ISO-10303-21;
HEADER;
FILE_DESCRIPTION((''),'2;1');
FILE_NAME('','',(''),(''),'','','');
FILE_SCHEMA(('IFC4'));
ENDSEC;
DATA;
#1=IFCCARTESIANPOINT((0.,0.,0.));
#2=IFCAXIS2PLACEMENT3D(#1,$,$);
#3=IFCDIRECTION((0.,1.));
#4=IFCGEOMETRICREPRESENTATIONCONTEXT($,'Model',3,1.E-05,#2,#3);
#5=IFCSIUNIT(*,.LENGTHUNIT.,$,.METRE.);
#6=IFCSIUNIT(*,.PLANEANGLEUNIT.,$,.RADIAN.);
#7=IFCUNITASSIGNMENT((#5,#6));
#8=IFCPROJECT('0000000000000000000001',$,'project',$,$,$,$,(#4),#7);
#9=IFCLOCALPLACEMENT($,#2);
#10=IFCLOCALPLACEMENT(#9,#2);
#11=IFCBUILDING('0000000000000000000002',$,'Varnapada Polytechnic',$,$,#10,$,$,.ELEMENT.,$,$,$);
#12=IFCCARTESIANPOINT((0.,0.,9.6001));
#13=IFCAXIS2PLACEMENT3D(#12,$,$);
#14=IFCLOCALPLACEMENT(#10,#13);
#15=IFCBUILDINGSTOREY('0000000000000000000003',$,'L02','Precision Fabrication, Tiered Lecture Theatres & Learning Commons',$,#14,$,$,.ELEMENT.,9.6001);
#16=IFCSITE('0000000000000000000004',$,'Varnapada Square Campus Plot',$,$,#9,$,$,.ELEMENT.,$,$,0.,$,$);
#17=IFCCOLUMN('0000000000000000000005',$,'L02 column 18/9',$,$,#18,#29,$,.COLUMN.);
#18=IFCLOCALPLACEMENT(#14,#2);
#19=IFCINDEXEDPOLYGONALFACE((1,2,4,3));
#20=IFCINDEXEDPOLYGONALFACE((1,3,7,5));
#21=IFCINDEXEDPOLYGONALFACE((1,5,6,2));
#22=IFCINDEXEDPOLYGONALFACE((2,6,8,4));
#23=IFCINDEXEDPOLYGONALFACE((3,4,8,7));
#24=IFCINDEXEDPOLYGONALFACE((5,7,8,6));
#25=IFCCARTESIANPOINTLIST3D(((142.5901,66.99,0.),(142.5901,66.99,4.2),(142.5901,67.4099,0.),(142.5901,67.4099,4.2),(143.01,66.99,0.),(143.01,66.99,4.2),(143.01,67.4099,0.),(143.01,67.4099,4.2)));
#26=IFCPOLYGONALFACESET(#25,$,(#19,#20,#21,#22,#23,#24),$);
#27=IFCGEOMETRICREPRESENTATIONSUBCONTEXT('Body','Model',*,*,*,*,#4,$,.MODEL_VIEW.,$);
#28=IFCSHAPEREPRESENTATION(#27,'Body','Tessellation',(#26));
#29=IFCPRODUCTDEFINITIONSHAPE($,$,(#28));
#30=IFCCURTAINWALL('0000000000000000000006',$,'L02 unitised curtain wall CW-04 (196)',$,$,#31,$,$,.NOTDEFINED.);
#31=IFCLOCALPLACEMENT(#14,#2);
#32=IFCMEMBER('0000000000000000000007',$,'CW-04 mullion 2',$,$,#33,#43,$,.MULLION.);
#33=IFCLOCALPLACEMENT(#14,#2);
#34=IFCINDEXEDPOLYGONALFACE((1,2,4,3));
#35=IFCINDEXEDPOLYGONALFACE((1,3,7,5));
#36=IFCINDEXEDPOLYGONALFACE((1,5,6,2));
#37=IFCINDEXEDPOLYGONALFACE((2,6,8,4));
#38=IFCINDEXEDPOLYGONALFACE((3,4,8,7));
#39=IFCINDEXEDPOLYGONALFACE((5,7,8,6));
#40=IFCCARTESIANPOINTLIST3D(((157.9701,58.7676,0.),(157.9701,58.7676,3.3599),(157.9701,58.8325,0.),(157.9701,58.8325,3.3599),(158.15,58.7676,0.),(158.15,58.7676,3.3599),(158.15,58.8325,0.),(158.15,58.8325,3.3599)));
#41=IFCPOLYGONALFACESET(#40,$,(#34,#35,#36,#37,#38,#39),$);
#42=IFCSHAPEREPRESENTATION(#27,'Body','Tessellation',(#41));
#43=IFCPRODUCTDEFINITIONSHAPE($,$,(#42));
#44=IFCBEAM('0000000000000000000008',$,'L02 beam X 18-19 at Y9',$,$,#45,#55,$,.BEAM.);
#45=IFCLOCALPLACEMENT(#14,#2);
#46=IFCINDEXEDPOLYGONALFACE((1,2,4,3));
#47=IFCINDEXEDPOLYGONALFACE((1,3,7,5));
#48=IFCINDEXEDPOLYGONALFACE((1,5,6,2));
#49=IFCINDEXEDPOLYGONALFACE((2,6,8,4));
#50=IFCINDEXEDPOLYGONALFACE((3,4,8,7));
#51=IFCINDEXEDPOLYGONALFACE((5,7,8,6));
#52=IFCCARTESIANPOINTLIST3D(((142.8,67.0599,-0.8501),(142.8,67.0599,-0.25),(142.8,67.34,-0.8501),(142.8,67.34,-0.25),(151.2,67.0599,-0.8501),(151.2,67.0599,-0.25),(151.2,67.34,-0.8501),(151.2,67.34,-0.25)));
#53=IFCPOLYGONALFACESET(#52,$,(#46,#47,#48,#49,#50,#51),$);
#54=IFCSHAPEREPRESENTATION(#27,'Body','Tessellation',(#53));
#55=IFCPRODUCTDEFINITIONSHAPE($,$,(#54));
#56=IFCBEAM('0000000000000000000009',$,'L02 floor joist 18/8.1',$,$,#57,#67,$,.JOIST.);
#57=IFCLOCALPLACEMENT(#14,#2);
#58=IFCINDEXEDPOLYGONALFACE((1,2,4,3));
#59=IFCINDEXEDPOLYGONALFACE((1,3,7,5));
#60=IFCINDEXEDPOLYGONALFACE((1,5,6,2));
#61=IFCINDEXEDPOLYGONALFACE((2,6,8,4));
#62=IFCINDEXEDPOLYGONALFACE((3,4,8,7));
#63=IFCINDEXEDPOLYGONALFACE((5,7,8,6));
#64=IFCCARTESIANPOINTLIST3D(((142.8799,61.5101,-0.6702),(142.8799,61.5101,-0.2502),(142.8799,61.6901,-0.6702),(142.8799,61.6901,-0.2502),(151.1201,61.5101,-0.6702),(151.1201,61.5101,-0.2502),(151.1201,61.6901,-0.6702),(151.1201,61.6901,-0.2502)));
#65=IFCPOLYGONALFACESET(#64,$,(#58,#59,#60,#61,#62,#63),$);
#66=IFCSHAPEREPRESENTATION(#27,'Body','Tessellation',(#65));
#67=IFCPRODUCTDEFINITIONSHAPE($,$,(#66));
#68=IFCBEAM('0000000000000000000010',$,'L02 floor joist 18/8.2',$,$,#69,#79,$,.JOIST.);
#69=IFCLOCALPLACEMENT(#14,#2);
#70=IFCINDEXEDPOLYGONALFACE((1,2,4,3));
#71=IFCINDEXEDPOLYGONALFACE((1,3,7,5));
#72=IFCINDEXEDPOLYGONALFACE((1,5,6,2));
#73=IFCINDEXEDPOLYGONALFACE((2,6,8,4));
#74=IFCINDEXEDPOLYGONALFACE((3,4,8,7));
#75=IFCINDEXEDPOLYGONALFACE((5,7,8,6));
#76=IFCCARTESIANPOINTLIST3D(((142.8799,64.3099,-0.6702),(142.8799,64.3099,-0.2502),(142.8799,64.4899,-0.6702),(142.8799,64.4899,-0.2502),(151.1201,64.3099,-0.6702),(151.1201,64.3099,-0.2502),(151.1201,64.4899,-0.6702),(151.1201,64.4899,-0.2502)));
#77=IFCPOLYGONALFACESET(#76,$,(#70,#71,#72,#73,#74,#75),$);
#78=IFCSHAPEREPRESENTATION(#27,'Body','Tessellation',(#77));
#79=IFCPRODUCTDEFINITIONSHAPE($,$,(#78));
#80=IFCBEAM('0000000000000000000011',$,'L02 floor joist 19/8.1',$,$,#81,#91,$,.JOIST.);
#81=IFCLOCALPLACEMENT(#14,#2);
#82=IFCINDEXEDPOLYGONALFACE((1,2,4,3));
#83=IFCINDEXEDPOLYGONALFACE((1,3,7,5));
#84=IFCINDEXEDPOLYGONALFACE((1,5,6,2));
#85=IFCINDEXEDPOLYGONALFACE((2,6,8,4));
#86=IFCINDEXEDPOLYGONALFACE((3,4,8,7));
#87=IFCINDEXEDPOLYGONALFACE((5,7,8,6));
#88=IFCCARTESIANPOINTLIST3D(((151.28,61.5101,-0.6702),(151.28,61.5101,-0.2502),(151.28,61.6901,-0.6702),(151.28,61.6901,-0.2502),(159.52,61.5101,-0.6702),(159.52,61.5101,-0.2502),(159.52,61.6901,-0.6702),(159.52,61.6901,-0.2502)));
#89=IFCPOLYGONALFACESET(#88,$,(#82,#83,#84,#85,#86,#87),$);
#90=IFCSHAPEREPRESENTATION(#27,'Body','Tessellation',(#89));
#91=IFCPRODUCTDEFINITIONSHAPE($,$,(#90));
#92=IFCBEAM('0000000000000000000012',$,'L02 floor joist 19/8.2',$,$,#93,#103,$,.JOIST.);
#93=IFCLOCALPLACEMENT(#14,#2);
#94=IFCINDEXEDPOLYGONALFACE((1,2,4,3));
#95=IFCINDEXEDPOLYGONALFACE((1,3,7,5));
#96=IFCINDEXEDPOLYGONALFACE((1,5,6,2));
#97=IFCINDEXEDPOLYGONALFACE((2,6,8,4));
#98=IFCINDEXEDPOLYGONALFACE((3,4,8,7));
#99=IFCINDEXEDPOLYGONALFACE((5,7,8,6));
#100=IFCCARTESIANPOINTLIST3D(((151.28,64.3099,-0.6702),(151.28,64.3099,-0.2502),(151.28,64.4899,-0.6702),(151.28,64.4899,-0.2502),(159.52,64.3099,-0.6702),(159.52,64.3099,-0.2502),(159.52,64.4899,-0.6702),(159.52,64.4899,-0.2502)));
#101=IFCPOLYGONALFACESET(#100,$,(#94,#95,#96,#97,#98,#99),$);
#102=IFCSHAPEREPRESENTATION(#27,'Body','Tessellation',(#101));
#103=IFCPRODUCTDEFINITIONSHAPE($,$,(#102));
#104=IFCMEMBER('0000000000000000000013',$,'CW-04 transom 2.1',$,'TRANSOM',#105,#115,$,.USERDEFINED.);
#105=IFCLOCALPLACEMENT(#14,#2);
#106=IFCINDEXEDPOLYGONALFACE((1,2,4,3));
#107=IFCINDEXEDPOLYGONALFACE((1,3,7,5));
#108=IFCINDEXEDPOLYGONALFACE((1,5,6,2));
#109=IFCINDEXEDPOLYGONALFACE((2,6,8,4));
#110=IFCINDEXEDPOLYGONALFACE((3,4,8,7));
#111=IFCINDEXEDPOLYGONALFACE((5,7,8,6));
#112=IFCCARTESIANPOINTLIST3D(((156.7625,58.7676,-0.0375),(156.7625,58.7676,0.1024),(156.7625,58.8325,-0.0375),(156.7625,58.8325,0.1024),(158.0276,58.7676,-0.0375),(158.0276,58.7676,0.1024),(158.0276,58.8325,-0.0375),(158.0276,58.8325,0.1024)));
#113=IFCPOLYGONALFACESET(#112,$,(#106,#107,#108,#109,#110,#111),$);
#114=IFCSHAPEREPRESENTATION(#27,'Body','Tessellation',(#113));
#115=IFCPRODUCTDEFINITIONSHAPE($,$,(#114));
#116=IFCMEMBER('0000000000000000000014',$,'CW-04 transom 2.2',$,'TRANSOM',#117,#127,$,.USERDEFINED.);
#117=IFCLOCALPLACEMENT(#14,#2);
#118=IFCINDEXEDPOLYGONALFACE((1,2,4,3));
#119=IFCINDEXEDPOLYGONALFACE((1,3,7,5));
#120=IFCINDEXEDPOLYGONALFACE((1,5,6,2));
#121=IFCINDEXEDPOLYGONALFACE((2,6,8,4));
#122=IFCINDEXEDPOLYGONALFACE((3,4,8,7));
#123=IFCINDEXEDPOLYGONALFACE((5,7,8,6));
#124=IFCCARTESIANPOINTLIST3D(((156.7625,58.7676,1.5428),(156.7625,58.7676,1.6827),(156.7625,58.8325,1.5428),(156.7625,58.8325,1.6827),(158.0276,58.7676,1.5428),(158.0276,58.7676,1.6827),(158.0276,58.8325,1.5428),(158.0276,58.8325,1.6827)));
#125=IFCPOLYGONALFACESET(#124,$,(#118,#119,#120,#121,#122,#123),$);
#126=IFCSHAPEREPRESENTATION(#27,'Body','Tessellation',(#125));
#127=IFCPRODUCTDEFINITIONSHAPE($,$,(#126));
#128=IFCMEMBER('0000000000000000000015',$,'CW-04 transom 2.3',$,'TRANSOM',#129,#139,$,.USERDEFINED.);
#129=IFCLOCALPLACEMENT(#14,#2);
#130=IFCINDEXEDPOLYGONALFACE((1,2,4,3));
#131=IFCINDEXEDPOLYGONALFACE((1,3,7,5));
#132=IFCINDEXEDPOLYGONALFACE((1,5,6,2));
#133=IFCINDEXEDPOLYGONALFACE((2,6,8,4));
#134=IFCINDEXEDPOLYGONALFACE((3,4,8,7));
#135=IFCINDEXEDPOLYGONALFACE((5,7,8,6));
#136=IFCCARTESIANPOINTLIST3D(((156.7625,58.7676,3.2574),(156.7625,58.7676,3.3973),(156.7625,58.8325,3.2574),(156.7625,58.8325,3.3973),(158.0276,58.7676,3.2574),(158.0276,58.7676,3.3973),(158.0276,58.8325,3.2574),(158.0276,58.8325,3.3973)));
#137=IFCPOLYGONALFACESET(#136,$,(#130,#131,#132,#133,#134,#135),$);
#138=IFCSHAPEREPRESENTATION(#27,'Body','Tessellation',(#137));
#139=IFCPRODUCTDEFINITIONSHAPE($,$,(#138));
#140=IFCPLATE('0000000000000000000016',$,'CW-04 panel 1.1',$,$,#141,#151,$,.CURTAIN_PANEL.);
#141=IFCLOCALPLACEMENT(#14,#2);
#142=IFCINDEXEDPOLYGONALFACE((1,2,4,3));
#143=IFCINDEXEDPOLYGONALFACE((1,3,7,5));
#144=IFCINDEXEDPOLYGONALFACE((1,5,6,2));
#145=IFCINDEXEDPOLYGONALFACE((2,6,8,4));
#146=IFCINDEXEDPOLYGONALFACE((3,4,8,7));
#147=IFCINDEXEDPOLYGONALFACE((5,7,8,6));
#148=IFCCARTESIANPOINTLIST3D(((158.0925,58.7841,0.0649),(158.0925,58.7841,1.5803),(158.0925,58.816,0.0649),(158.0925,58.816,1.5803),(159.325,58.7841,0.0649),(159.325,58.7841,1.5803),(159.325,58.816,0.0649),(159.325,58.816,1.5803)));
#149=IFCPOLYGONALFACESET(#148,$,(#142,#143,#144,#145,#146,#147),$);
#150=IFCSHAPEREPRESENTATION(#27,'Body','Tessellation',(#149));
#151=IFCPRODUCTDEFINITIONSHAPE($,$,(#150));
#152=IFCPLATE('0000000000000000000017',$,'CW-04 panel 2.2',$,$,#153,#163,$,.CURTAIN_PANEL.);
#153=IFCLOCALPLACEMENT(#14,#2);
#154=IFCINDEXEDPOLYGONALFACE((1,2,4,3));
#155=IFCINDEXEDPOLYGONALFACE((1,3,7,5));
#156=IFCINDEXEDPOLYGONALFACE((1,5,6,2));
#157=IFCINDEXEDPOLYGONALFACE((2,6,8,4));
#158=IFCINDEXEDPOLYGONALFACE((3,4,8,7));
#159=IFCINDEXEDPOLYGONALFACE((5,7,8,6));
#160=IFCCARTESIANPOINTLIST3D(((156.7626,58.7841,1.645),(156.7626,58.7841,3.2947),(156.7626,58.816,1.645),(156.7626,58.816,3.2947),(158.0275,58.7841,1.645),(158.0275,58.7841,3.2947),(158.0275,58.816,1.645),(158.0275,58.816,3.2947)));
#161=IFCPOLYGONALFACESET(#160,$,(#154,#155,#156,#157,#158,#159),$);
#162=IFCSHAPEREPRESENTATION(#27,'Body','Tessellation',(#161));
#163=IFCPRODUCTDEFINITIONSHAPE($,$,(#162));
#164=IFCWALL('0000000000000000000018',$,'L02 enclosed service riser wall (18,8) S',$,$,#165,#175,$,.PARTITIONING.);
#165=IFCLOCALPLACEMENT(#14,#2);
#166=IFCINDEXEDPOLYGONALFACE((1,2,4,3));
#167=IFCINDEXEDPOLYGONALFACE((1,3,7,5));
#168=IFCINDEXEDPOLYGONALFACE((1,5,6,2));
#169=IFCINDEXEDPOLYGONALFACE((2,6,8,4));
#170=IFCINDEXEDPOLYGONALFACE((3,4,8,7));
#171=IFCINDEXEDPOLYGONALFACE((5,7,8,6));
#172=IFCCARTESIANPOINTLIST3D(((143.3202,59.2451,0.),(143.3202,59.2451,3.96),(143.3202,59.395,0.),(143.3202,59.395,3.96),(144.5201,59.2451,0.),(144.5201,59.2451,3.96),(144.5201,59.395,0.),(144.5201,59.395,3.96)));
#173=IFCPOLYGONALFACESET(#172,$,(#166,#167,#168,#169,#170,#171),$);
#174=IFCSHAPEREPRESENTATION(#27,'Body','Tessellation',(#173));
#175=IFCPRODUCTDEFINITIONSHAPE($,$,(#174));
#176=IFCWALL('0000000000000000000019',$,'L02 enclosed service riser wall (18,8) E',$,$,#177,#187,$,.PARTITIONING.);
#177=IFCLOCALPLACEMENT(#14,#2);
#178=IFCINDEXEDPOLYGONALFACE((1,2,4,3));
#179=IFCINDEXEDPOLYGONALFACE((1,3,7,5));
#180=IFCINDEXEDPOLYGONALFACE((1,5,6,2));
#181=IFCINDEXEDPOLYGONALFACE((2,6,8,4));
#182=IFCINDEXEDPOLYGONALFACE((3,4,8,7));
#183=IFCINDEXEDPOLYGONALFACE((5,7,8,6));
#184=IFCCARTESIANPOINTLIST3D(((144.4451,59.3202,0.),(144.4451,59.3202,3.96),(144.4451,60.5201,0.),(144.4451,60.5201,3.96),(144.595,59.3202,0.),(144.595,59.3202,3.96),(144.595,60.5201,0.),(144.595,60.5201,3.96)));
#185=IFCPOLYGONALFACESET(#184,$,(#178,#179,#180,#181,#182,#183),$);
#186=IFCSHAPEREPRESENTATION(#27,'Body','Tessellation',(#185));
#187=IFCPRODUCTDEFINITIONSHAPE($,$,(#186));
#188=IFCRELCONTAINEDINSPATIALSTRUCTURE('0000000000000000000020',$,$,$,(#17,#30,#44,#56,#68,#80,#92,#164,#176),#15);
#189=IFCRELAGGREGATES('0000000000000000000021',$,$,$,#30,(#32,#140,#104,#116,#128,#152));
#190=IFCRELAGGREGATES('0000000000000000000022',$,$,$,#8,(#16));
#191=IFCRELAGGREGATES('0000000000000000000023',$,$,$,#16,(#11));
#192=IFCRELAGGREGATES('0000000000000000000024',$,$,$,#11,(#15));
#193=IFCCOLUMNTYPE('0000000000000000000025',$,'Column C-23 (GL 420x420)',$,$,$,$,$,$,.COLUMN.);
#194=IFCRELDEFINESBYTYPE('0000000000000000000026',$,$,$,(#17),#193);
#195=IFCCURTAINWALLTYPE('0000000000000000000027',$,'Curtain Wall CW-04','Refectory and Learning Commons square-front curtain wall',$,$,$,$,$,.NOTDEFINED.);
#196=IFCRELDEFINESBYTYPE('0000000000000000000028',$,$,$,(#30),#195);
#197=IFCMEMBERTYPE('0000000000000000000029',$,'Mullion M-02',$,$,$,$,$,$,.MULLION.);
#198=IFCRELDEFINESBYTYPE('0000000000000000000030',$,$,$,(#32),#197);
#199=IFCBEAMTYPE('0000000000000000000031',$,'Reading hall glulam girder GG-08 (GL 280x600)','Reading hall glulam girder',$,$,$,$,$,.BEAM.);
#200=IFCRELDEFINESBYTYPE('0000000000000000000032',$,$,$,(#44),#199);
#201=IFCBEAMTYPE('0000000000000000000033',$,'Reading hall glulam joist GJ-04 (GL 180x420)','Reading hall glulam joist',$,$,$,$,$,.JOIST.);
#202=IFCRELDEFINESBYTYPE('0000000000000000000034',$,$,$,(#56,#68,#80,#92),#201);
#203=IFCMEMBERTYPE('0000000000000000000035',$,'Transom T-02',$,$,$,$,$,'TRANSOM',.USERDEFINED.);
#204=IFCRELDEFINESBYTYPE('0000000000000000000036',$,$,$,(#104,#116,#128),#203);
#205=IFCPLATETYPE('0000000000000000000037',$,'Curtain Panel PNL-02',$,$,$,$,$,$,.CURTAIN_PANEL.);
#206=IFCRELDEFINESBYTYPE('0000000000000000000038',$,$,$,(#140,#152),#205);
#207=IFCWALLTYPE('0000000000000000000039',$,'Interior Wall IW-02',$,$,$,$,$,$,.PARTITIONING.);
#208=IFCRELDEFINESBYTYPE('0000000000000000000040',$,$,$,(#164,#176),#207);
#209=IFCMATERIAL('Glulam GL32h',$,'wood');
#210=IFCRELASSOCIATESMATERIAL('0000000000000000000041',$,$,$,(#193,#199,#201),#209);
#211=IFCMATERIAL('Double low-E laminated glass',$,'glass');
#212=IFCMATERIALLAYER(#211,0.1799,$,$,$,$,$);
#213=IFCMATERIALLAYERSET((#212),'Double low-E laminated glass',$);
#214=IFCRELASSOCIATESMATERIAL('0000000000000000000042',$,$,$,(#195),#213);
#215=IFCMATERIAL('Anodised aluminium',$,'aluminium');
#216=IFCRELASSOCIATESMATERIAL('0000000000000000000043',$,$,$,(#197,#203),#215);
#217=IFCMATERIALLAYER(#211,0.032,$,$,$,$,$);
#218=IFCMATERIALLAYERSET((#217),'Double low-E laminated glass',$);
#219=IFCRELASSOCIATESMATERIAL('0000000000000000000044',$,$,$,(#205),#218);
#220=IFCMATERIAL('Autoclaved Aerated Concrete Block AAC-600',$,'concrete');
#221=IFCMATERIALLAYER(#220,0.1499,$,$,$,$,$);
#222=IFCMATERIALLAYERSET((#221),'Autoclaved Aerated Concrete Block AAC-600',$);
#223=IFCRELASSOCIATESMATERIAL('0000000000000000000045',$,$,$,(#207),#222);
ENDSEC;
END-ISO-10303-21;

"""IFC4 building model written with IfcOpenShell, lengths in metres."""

from ifc_helpers import new_model, si_unit, direction, frame, frame_2d, origin, origin_2d, place, context, subcontext, project, spatial, rectangle, extrude, material, layer, layer_set, material_profile, profile_set, type_object, element, aggregate, save


model = new_model("IFC4")

# Units and contexts
model_context = context("Model", 3, precision=1e-05, world=origin(), true_north=direction((0.0, 1.0)))
body_context = subcontext(model_context, "Body", "Model", "MODEL_VIEW")
ifc_project = project(units=[si_unit("LENGTHUNIT", "METRE"), si_unit("PLANEANGLEUNIT", "RADIAN")], contexts=[model_context])

# Site, building, storey
site_placement = place(None, origin())
site = spatial("IfcSite", under=ifc_project, at=site_placement, Name="Varnapada Square Campus Plot", CompositionType="ELEMENT", RefElevation=0.0)
building_placement = place(site_placement, origin())
building = spatial("IfcBuilding", under=site, at=building_placement, Name="Varnapada Polytechnic", CompositionType="ELEMENT")
storey_placement = place(building_placement, frame((0.0, 0.0, 9.6001)))
storey = spatial("IfcBuildingStorey", under=building, at=storey_placement, Name="L02", Description="Precision Fabrication, Tiered Lecture Theatres & Learning Commons", CompositionType="ELEMENT", Elevation=9.6001)

# Column
ifc_material_1 = material(Name="Glulam GL32h", Category="wood")
ifc_material_profile_1 = material_profile(ifc_material_1, rectangle(XDim=0.4199, YDim=0.4199, at=origin_2d()), Name="GL 420x420")
ifc_profile_set_1 = profile_set([ifc_material_profile_1], Name="Glulam GL32h")
column_type = type_object("IfcColumnType", Name="Column C-23 (GL 420x420)", PredefinedType="COLUMN", material=ifc_profile_set_1)
column_placement = place(storey_placement, frame((142.8, 67.2, 0.0), z_axis=(0.0, 0.0, 1.0), x_axis=(1.0, 0.0, 0.0)))
element("IfcColumn", 1, at=column_placement, inside=storey, type_object=column_type, Name="L02 column 18/9", PredefinedType="COLUMN", context=body_context, shape_type="SweptSolid", body=[
    extrude(rectangle(XDim=0.4199, YDim=0.4199, at=origin_2d()), origin(), (0.0, 0.0, 1.0), 4.2),
])

# Curtain wall, member
ifc_material_2 = material(Name="Double low-E laminated glass", Category="glass")
ifc_layer_1 = layer(ifc_material_2, 0.1799)
ifc_layer_set_1 = layer_set([ifc_layer_1], Name="Double low-E laminated glass")
curtain_wall_type = type_object("IfcCurtainWallType", Name="Curtain Wall CW-04", Description="Refectory and Learning Commons square-front curtain wall", PredefinedType="NOTDEFINED", material=ifc_layer_set_1)
curtain_wall_placement = place(storey_placement, origin())
curtain_wall = element("IfcCurtainWall", 2, at=curtain_wall_placement, inside=storey, type_object=curtain_wall_type, Name="L02 unitised curtain wall CW-04 (196)", PredefinedType="NOTDEFINED")
ifc_material_3 = material(Name="Anodised aluminium", Category="aluminium")
ifc_material_profile_2 = material_profile(ifc_material_3, rectangle(XDim=0.0649, YDim=0.1799, at=origin_2d()), Name="ALU M65x180")
ifc_profile_set_2 = profile_set([ifc_material_profile_2], Name="Anodised aluminium")
member_type_1 = type_object("IfcMemberType", Name="Mullion M-02", PredefinedType="MULLION", material=ifc_profile_set_2)
member_1_placement = place(storey_placement, frame((158.0601, 58.8, 0.0), z_axis=(0.0, 0.0, 1.0), x_axis=(0.0, -1.0, 0.0)))
member_1 = element("IfcMember", 3, at=member_1_placement, type_object=member_type_1, Name="CW-04 mullion 2", PredefinedType="MULLION", context=body_context, shape_type="SweptSolid", body=[
    extrude(rectangle(XDim=0.0649, YDim=0.1799, at=origin_2d()), origin(), (0.0, 0.0, 1.0), 3.3599),
])

# Beams
ifc_material_profile_3 = material_profile(ifc_material_1, rectangle(XDim=0.28, YDim=0.6001, at=origin_2d()), Name="GL 280x600")
ifc_profile_set_3 = profile_set([ifc_material_profile_3], Name="Glulam GL32h")
beam_type_1 = type_object("IfcBeamType", Name="Reading hall glulam girder GG-08 (GL 280x600)", Description="Reading hall glulam girder", PredefinedType="BEAM", material=ifc_profile_set_3)
beam_placement = place(storey_placement, frame((142.8, 67.2, -0.55), z_axis=(1.0, 0.0, 0.0), x_axis=(0.0, 1.0, 0.0)))
element("IfcBeam", 4, at=beam_placement, inside=storey, type_object=beam_type_1, Name="L02 beam X 18-19 at Y9", PredefinedType="BEAM", context=body_context, shape_type="SweptSolid", body=[
    extrude(rectangle(XDim=0.28, YDim=0.6001, at=origin_2d()), origin(), (0.0, 0.0, 1.0), 8.3999),
])
ifc_material_profile_4 = material_profile(ifc_material_1, rectangle(XDim=0.1799, YDim=0.4199, at=origin_2d()), Name="GL 180x420")
ifc_profile_set_4 = profile_set([ifc_material_profile_4], Name="Glulam GL32h")
beam_type_2 = type_object("IfcBeamType", Name="Reading hall glulam joist GJ-04 (GL 180x420)", Description="Reading hall glulam joist", PredefinedType="JOIST", material=ifc_profile_set_4)
for number, where, z_axis, x_axis, name in (
    (5, (142.8799, 61.6001, -0.4602), (1.0, 0.0, 0.0), (0.0, 1.0, 0.0), "L02 floor joist 18/8.1"),
    (6, (142.8799, 64.3999, -0.4602), (1.0, 0.0, 0.0), (0.0, 1.0, 0.0), "L02 floor joist 18/8.2"),
):
    element("IfcBeam", number, at=place(storey_placement, frame(where, z_axis=z_axis, x_axis=x_axis)), inside=storey, type_object=beam_type_2, Name=name, PredefinedType="JOIST", context=body_context, shape_type="SweptSolid", body=[
        extrude(rectangle(XDim=0.1799, YDim=0.4199, at=origin_2d()), origin(), (0.0, 0.0, 1.0), 8.2402),
    ])
for number, where, z_axis, x_axis, name in (
    (7, (151.28, 61.6001, -0.4602), (1.0, 0.0, 0.0), (0.0, 1.0, 0.0), "L02 floor joist 19/8.1"),
    (8, (151.28, 64.3999, -0.4602), (1.0, 0.0, 0.0), (0.0, 1.0, 0.0), "L02 floor joist 19/8.2"),
):
    element("IfcBeam", number, at=place(storey_placement, frame(where, z_axis=z_axis, x_axis=x_axis)), inside=storey, type_object=beam_type_2, Name=name, PredefinedType="JOIST", context=body_context, shape_type="SweptSolid", body=[
        extrude(rectangle(XDim=0.1799, YDim=0.4199, at=origin_2d()), origin(), (0.0, 0.0, 1.0), 8.24),
    ])

# Members
ifc_material_profile_5 = material_profile(ifc_material_3, rectangle(XDim=0.0649, YDim=0.1399, at=origin_2d()), Name="ALU T65x140")
ifc_profile_set_5 = profile_set([ifc_material_profile_5], Name="Anodised aluminium")
member_type_2 = type_object("IfcMemberType", Name="Transom T-02", ElementType="TRANSOM", PredefinedType="USERDEFINED", material=ifc_profile_set_5)
member_2_placement = place(storey_placement, frame((158.0276, 58.8, 0.0325), z_axis=(-1.0, 0.0, 0.0), x_axis=(0.0, -1.0, 0.0)))
member_2 = element("IfcMember", 9, at=member_2_placement, type_object=member_type_2, Name="CW-04 transom 2.1", ObjectType="TRANSOM", PredefinedType="USERDEFINED", context=body_context, shape_type="SweptSolid", body=[
    extrude(rectangle(XDim=0.0649, YDim=0.1399, at=origin_2d()), origin(), (0.0, 0.0, 1.0), 1.2651),
])
member_3_placement = place(storey_placement, frame((158.0276, 58.8, 1.6128), z_axis=(-1.0, 0.0, 0.0), x_axis=(0.0, -1.0, 0.0)))
member_3 = element("IfcMember", 10, at=member_3_placement, type_object=member_type_2, Name="CW-04 transom 2.2", ObjectType="TRANSOM", PredefinedType="USERDEFINED", context=body_context, shape_type="SweptSolid", body=[
    extrude(rectangle(XDim=0.0649, YDim=0.1399, at=origin_2d()), origin(), (0.0, 0.0, 1.0), 1.2651),
])
member_4_placement = place(storey_placement, frame((158.0276, 58.8, 3.3274), z_axis=(-1.0, 0.0, 0.0), x_axis=(0.0, -1.0, 0.0)))
member_4 = element("IfcMember", 11, at=member_4_placement, type_object=member_type_2, Name="CW-04 transom 2.3", ObjectType="TRANSOM", PredefinedType="USERDEFINED", context=body_context, shape_type="SweptSolid", body=[
    extrude(rectangle(XDim=0.0649, YDim=0.1399, at=origin_2d()), origin(), (0.0, 0.0, 1.0), 1.2651),
])

# Plates
ifc_layer_2 = layer(ifc_material_2, 0.032)
ifc_layer_set_2 = layer_set([ifc_layer_2], Name="Double low-E laminated glass")
plate_type = type_object("IfcPlateType", Name="Curtain Panel PNL-02", PredefinedType="CURTAIN_PANEL", material=ifc_layer_set_2)
plate_1_placement = place(storey_placement, frame((158.7087, 58.8, 0.0649), z_axis=(0.0, 0.0, 1.0), x_axis=(-1.0, 0.0, 0.0)))
plate_1 = element("IfcPlate", 12, at=plate_1_placement, type_object=plate_type, Name="CW-04 panel 1.1", PredefinedType="CURTAIN_PANEL", context=body_context, shape_type="SweptSolid", body=[
    extrude(rectangle(XDim=1.2324, YDim=0.032, at=origin_2d()), origin(), (0.0, 0.0, 1.0), 1.5154),
])
plate_2_placement = place(storey_placement, frame((157.395, 58.8, 1.645), z_axis=(0.0, 0.0, 1.0), x_axis=(-1.0, 0.0, 0.0)))
plate_2 = element("IfcPlate", 13, at=plate_2_placement, type_object=plate_type, Name="CW-04 panel 2.2", PredefinedType="CURTAIN_PANEL", context=body_context, shape_type="SweptSolid", body=[
    extrude(rectangle(XDim=1.2649, YDim=0.032, at=origin_2d()), origin(), (0.0, 0.0, 1.0), 1.6497),
])
aggregate(curtain_wall, [member_1, plate_1, member_2, member_3, member_4, plate_2])

# Walls
ifc_material_4 = material(Name="Autoclaved Aerated Concrete Block AAC-600", Category="concrete")
ifc_layer_3 = layer(ifc_material_4, 0.1499)
ifc_layer_set_3 = layer_set([ifc_layer_3], Name="Autoclaved Aerated Concrete Block AAC-600")
wall_type_1 = type_object("IfcWallType", Name="Interior Wall IW-02", PredefinedType="PARTITIONING", material=ifc_layer_set_3)
for number, where, z_axis, x_axis, name in (
    (14, (143.3201, 59.3201, 0.0), (0.0, 0.0, 1.0), (1.0, 0.0, 0.0), "L02 enclosed service riser wall (18,8) S"),
    (15, (144.52, 59.3201, 0.0), (0.0, 0.0, 1.0), (0.0, 1.0, 0.0), "L02 enclosed service riser wall (18,8) E"),
):
    element("IfcWall", number, at=place(storey_placement, frame(where, z_axis=z_axis, x_axis=x_axis)), inside=storey, type_object=wall_type_1, Name=name, PredefinedType="PARTITIONING", context=body_context, shape_type="SweptSolid", body=[
        extrude(rectangle(XDim=1.2, YDim=0.1499, at=frame_2d((0.6001, 0.0))), origin(), (0.0, 0.0, 1.0), 3.96),
    ])

save(model, "model.ifc")
